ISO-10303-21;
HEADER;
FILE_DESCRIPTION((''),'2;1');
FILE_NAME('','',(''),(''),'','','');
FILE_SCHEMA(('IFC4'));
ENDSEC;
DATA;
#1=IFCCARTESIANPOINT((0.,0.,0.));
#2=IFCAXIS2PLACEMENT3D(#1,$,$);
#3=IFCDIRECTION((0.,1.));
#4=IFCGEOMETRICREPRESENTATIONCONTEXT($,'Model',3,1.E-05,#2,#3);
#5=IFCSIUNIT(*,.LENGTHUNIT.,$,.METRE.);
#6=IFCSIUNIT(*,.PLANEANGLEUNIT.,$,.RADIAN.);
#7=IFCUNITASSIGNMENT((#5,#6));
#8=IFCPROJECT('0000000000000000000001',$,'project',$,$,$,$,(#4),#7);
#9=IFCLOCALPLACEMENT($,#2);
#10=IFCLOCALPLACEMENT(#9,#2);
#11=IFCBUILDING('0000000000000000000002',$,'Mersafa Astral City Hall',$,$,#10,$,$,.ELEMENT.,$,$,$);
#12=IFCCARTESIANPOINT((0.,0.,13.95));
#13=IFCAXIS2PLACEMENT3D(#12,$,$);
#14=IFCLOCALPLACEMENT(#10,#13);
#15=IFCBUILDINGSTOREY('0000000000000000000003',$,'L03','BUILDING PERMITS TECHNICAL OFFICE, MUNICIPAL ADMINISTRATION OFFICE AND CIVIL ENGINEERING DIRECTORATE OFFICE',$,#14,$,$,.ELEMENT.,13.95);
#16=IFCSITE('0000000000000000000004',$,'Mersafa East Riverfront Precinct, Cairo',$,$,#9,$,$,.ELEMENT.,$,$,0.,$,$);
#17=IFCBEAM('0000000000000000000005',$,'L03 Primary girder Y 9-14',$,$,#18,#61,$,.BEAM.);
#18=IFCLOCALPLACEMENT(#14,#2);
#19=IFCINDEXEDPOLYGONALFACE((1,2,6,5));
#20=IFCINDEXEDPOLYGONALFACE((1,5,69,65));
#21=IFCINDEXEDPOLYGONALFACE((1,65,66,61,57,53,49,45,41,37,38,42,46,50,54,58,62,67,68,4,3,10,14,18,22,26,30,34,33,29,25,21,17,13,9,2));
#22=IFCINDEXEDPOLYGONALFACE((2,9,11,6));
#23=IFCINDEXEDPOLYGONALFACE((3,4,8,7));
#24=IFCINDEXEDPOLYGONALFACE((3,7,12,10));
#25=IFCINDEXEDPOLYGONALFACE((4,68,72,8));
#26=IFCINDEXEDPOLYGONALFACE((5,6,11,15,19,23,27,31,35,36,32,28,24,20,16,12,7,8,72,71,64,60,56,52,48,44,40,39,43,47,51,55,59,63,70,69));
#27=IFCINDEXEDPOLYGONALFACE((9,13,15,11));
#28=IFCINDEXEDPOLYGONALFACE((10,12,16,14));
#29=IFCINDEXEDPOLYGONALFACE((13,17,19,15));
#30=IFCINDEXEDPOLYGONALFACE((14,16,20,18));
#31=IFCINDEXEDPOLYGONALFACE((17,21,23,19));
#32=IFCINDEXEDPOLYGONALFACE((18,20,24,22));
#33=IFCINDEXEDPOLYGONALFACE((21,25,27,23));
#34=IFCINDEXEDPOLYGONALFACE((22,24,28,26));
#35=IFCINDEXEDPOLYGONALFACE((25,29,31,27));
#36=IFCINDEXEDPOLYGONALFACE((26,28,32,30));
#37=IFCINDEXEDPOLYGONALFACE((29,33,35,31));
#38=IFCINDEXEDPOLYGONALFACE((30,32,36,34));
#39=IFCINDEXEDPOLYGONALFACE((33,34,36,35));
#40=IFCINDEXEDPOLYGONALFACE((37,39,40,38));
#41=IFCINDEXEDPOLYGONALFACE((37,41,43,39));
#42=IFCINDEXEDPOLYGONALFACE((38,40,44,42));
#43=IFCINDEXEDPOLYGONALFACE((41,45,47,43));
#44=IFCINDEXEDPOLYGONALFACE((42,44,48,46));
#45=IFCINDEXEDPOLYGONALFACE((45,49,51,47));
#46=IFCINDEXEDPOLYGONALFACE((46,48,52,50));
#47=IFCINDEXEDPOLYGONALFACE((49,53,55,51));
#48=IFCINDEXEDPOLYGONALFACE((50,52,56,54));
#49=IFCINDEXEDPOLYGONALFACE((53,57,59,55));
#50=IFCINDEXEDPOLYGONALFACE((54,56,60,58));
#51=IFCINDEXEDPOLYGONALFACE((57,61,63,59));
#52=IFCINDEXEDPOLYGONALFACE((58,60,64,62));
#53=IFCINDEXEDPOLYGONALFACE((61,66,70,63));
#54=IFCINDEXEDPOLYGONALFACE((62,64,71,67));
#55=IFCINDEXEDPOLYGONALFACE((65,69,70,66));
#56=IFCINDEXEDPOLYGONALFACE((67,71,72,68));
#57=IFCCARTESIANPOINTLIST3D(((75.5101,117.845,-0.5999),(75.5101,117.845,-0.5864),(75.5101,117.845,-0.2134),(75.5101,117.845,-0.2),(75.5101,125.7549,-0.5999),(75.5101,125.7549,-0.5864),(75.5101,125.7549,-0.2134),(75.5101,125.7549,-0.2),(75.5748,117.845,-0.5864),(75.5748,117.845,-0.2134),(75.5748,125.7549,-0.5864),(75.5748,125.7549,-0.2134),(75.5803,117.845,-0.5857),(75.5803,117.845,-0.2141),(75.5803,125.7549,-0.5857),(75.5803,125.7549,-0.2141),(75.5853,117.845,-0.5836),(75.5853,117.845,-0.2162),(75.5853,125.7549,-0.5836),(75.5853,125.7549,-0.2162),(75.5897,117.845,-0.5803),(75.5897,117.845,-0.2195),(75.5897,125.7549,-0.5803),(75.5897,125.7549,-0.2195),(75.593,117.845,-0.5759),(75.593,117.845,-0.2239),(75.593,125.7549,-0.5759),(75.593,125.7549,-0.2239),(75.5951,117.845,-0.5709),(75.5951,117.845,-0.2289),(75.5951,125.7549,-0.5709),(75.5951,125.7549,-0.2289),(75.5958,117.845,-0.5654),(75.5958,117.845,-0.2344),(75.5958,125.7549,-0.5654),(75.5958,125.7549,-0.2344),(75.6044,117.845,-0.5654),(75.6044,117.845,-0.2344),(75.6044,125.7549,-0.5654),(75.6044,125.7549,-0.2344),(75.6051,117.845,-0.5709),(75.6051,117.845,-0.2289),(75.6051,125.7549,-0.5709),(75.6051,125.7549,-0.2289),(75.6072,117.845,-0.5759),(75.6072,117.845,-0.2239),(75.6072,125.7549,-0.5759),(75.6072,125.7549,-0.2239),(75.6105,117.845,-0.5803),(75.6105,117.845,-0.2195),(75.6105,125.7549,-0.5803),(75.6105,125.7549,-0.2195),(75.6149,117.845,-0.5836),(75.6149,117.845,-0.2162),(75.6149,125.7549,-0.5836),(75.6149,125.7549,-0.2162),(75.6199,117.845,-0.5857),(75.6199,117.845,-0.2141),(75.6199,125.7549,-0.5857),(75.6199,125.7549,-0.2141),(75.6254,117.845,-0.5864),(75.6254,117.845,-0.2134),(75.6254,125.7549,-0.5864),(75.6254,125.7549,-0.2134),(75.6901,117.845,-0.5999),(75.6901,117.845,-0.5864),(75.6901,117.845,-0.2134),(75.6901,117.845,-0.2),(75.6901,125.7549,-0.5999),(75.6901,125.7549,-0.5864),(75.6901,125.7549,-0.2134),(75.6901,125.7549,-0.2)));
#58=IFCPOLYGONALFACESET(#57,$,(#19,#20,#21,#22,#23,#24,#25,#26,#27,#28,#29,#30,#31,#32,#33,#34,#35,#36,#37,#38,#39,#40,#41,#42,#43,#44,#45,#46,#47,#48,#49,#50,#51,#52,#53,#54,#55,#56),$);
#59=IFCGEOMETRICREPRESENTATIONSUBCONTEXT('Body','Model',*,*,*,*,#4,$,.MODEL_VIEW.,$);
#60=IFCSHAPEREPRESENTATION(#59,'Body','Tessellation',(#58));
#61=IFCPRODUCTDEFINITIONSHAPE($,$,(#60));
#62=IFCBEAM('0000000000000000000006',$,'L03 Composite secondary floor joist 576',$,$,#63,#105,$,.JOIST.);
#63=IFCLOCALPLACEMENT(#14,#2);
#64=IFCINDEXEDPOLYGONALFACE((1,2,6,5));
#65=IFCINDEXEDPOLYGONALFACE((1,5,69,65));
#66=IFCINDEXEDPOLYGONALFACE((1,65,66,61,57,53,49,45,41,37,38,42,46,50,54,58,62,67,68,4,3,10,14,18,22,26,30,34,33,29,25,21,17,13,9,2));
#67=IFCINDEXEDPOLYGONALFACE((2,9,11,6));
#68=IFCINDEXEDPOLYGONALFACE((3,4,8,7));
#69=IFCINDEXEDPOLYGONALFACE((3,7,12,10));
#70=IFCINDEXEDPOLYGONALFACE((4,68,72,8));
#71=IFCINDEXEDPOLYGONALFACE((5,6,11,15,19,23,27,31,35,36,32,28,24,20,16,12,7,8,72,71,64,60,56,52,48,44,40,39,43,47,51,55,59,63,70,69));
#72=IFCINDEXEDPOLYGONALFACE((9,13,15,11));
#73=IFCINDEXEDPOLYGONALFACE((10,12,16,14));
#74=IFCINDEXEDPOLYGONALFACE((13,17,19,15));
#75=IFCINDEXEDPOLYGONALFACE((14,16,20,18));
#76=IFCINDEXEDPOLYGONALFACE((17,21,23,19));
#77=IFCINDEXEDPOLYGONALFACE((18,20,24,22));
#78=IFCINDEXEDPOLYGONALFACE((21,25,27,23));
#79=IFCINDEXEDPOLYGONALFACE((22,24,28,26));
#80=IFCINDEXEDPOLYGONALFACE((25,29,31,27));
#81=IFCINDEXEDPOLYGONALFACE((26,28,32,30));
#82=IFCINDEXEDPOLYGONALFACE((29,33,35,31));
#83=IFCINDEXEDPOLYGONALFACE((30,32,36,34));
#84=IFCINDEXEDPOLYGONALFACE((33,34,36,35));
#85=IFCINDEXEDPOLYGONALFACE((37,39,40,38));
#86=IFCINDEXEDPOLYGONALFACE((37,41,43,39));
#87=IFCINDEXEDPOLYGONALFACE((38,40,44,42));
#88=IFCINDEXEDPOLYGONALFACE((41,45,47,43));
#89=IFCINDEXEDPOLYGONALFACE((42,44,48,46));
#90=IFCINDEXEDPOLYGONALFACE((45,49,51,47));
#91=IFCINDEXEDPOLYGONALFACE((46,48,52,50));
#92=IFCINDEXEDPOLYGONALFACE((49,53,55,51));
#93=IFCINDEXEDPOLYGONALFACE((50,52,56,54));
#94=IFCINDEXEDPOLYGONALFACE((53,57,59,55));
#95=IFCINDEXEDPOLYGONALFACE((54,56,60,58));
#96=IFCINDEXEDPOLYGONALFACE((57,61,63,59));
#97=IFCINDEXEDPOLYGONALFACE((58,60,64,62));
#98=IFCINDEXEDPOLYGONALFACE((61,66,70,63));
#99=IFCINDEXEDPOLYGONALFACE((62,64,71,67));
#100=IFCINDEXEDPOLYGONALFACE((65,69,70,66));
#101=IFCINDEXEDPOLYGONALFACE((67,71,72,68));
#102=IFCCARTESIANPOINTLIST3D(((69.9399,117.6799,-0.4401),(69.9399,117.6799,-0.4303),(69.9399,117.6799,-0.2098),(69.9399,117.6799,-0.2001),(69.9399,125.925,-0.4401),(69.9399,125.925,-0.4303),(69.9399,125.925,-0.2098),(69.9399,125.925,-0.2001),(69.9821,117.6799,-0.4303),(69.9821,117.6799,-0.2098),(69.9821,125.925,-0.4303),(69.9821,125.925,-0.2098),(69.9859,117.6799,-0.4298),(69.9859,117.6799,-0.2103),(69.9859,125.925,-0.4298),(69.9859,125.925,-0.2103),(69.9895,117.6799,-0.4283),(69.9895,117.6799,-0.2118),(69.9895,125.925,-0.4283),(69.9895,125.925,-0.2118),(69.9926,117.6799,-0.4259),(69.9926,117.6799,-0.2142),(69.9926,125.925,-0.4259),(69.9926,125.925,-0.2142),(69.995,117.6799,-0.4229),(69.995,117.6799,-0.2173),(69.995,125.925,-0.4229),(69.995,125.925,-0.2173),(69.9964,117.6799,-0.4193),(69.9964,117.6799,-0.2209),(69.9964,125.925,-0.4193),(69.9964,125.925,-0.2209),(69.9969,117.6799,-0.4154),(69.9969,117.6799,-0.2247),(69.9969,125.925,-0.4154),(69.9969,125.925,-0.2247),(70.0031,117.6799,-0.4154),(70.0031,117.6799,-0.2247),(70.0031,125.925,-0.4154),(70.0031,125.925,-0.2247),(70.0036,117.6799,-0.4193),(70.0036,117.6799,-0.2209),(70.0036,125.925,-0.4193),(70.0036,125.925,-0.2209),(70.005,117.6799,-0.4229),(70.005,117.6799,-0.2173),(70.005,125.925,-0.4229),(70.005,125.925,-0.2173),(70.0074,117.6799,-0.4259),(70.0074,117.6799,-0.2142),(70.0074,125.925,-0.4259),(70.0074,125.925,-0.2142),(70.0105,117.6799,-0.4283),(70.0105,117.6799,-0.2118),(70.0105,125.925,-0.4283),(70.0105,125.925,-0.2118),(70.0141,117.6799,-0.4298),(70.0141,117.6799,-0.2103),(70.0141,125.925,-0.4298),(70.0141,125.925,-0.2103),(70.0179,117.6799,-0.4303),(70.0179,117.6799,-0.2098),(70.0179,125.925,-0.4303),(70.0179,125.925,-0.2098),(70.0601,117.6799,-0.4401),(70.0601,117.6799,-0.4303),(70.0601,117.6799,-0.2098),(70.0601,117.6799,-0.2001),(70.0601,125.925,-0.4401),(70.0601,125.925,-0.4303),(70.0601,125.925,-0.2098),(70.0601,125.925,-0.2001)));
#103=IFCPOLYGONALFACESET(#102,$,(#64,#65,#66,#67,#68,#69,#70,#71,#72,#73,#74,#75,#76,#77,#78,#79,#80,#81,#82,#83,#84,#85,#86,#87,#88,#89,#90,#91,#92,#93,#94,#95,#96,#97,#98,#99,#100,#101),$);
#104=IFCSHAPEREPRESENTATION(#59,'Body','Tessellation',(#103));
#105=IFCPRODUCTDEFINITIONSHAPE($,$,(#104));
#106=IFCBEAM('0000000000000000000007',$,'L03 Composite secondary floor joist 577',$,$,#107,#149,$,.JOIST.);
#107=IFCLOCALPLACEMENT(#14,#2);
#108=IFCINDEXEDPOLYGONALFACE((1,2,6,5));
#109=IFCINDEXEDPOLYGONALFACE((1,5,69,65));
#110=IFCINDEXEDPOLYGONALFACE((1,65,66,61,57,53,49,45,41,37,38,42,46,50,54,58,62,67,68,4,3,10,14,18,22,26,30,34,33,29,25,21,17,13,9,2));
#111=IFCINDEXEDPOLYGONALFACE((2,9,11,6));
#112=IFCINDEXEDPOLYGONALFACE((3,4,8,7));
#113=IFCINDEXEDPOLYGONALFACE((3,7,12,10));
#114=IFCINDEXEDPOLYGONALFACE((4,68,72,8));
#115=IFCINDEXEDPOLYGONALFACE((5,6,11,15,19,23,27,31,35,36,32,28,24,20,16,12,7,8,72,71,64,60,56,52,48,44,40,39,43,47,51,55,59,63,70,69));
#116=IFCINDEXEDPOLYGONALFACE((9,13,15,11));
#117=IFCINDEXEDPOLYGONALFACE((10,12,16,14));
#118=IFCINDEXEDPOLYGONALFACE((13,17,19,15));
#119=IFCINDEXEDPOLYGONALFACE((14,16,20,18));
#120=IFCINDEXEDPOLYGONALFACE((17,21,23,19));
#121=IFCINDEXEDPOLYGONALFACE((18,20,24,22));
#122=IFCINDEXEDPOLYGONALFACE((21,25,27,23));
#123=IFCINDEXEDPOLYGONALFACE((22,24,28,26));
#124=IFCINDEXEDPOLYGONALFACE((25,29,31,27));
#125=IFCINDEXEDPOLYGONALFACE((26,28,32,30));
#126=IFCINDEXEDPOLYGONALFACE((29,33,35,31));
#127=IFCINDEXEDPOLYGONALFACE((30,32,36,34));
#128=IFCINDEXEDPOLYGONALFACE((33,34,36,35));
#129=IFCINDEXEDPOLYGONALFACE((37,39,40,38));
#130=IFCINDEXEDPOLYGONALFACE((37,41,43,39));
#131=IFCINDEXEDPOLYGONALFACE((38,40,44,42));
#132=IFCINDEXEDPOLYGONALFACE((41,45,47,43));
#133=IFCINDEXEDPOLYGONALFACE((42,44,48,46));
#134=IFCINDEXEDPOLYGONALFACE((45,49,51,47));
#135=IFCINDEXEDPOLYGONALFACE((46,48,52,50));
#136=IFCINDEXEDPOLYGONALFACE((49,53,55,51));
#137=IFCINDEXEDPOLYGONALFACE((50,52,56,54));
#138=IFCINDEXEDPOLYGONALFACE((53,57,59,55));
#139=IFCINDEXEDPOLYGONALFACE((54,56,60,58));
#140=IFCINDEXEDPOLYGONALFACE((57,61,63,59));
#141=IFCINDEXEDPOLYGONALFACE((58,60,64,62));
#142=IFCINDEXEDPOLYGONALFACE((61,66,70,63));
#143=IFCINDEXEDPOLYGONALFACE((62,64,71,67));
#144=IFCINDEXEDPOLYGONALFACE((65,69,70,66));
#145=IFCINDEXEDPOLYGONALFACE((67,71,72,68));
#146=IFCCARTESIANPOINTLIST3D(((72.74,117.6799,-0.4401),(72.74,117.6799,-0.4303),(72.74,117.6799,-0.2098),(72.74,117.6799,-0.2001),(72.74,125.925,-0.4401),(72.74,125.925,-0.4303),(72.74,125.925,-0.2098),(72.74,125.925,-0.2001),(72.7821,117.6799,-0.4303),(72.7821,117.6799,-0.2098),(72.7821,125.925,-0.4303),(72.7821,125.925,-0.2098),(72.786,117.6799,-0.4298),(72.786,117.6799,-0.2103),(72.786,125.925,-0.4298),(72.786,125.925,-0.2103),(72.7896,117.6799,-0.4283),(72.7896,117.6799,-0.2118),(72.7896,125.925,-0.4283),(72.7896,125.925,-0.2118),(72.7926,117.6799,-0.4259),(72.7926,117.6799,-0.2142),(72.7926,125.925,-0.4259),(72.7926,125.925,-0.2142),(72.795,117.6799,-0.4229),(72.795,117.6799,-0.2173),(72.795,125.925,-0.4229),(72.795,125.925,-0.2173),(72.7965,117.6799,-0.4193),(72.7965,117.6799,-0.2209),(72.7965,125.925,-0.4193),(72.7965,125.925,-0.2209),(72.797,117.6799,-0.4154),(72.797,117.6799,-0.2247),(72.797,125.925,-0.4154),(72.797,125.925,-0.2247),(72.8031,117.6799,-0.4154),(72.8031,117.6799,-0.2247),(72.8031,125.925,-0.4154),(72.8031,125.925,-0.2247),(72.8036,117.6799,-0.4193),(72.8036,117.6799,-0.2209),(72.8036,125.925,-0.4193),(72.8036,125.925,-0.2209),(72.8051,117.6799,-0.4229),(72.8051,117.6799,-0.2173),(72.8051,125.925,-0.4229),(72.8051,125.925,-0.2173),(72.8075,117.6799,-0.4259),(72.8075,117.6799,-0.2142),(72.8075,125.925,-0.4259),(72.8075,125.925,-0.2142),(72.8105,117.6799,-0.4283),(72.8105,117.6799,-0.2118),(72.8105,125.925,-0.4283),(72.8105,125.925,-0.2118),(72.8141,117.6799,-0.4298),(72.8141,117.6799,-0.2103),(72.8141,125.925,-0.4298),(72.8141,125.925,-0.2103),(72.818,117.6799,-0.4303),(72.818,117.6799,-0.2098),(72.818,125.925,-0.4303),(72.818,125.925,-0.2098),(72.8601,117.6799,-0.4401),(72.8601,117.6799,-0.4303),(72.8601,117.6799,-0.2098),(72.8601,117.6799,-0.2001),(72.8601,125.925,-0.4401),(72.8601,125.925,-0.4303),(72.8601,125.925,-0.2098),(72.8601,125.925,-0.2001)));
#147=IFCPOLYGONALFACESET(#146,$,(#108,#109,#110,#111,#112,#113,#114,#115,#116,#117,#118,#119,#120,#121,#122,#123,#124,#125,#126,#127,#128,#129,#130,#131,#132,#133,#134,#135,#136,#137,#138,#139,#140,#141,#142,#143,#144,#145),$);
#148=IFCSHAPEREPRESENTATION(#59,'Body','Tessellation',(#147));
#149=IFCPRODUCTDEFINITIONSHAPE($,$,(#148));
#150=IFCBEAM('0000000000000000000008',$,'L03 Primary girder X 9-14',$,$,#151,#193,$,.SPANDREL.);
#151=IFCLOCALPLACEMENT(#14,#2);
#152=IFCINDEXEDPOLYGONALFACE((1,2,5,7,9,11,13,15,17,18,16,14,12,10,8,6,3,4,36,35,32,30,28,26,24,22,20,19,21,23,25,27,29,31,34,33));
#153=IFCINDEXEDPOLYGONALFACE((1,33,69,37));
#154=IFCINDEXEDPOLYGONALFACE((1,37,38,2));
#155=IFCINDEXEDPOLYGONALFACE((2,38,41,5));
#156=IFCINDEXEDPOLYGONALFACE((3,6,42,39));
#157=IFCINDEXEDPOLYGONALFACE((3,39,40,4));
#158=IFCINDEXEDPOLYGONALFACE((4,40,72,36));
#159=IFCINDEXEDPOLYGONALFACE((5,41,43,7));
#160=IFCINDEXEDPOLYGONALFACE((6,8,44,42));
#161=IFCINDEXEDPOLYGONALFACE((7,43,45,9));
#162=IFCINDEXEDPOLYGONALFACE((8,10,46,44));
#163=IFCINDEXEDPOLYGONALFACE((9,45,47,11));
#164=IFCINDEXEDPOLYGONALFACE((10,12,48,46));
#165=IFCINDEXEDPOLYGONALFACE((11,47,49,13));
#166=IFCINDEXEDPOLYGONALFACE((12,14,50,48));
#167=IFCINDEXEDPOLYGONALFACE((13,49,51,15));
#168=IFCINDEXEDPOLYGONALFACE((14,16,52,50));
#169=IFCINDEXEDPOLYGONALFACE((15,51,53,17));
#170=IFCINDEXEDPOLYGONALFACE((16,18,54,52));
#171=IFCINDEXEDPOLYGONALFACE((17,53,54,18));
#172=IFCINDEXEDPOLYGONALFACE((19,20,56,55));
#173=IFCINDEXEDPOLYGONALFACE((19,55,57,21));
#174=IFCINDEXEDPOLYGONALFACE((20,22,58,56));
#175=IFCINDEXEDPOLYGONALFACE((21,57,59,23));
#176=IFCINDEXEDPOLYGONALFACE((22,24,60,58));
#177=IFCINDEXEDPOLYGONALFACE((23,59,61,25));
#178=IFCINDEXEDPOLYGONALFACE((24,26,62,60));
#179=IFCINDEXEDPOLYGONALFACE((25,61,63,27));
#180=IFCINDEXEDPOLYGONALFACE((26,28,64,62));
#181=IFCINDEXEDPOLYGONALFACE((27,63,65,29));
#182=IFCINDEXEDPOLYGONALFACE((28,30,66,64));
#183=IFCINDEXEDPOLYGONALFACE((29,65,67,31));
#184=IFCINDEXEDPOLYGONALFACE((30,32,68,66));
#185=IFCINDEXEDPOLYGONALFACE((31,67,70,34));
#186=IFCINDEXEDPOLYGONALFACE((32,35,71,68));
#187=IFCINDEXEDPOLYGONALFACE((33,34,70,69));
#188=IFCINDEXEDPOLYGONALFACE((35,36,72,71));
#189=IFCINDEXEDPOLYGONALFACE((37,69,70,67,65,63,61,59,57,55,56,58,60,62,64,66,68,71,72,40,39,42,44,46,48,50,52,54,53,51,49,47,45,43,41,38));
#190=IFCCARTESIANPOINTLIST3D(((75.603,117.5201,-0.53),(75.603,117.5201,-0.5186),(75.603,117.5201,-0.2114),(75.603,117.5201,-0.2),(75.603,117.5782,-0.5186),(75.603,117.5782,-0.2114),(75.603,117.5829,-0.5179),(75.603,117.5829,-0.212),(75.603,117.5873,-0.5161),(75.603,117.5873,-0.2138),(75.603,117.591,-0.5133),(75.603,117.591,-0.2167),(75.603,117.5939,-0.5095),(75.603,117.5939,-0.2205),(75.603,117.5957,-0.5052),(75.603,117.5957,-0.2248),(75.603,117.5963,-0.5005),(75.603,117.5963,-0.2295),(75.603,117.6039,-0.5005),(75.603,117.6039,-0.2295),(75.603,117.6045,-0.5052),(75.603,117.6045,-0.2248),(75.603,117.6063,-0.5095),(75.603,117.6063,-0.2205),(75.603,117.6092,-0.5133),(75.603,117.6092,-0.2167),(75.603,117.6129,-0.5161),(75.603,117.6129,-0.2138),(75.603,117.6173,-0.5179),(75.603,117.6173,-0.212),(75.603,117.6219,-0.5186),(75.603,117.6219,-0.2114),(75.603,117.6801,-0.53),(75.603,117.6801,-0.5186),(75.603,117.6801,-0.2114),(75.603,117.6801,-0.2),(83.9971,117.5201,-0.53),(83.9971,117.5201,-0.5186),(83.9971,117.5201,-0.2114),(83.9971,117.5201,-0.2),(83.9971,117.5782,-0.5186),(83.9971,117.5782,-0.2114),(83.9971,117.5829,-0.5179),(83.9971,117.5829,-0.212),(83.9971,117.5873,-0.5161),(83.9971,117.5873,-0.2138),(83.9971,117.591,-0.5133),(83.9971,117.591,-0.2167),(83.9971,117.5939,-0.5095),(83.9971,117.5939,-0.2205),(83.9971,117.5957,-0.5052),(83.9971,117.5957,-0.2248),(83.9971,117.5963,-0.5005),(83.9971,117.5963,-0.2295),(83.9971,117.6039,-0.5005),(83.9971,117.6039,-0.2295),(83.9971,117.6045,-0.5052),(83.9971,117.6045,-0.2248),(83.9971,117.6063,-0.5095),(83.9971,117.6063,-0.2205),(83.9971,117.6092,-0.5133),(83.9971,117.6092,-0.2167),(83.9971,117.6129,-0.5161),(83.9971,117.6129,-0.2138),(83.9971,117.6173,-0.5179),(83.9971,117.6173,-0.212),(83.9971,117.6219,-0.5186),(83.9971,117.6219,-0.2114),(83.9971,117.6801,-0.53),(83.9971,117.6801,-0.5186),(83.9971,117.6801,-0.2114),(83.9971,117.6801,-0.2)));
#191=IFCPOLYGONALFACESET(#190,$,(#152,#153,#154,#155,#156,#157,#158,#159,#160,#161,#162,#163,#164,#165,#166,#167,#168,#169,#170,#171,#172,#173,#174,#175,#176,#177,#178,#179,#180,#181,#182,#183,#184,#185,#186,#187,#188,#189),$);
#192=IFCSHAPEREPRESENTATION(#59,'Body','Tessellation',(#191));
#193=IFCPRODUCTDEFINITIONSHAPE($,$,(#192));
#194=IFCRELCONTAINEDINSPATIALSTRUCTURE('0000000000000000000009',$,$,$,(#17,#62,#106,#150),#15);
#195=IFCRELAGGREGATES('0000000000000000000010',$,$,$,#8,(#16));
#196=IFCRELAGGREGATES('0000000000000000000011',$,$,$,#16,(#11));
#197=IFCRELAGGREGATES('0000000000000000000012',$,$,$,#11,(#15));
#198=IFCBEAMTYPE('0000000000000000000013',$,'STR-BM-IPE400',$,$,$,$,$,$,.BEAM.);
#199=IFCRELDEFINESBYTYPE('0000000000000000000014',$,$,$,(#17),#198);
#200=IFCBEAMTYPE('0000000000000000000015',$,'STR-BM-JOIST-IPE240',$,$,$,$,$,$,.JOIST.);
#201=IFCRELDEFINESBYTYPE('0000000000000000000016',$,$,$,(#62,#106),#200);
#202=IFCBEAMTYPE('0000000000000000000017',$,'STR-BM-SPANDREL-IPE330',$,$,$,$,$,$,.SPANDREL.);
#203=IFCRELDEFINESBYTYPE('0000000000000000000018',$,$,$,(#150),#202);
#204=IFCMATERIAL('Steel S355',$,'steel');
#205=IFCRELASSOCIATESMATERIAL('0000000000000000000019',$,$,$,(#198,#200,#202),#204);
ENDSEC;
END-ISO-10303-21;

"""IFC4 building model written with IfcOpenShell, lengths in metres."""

from ifc_helpers import new_model, si_unit, direction, frame, origin, origin_2d, place, context, subcontext, project, spatial, i_section, extrude, material, material_profile, profile_set, type_object, element, save


model = new_model("IFC4")

# Units and contexts
model_context = context("Model", 3, precision=1e-05, world=origin(), true_north=direction((0.0, 1.0)))
body_context = subcontext(model_context, "Body", "Model", "MODEL_VIEW")
ifc_project = project(units=[si_unit("LENGTHUNIT", "METRE"), si_unit("PLANEANGLEUNIT", "RADIAN")], contexts=[model_context])

# Site, building, storey
site_placement = place(None, origin())
site = spatial("IfcSite", under=ifc_project, at=site_placement, Name="Mersafa East Riverfront Precinct, Cairo", CompositionType="ELEMENT", RefElevation=0.0)
building_placement = place(site_placement, origin())
building = spatial("IfcBuilding", under=site, at=building_placement, Name="Mersafa Astral City Hall", CompositionType="ELEMENT")
storey_placement = place(building_placement, frame((0.0, 0.0, 13.95)))
storey = spatial("IfcBuildingStorey", under=building, at=storey_placement, Name="L03", Description="BUILDING PERMITS TECHNICAL OFFICE, MUNICIPAL ADMINISTRATION OFFICE AND CIVIL ENGINEERING DIRECTORATE OFFICE", CompositionType="ELEMENT", Elevation=13.95)

# Shared definitions
ifc_material_1 = material(Name="Steel S355", Category="steel")

# Beams
ifc_material_profile_1 = material_profile(ifc_material_1, i_section(OverallWidth=0.1799, OverallDepth=0.3999, WebThickness=0.0085, FlangeThickness=0.0134, FilletRadius=0.021, at=origin_2d()), Name="IPE 400")
ifc_profile_set_1 = profile_set([ifc_material_profile_1], Name="Steel S355")
beam_type_1 = type_object("IfcBeamType", Name="STR-BM-IPE400", PredefinedType="BEAM", material=ifc_profile_set_1)
beam_1_placement = place(storey_placement, frame((75.6001, 117.845, -0.3999), z_axis=(0.0, 1.0, 0.0), x_axis=(-1.0, 0.0, 0.0)))
element("IfcBeam", 1, at=beam_1_placement, inside=storey, type_object=beam_type_1, Name="L03 Primary girder Y 9-14", PredefinedType="BEAM", context=body_context, shape_type="SweptSolid", body=[
    extrude(i_section(OverallWidth=0.1799, OverallDepth=0.3999, WebThickness=0.0085, FlangeThickness=0.0134, FilletRadius=0.021, at=origin_2d()), origin(), (0.0, 0.0, 1.0), 7.9099),
])
ifc_material_profile_2 = material_profile(ifc_material_1, i_section(OverallWidth=0.1201, OverallDepth=0.24, WebThickness=0.0061, FlangeThickness=0.0098, FilletRadius=0.0149, at=origin_2d()), Name="IPE 240")
ifc_profile_set_2 = profile_set([ifc_material_profile_2], Name="Steel S355")
beam_type_2 = type_object("IfcBeamType", Name="STR-BM-JOIST-IPE240", PredefinedType="JOIST", material=ifc_profile_set_2)
for number, where, z_axis, x_axis, name in (
    (2, (70.0, 117.6799, -0.3201), (0.0, 1.0, 0.0), (-1.0, 0.0, 0.0), "L03 Composite secondary floor joist 576"),
    (3, (72.8, 117.6799, -0.3201), (0.0, 1.0, 0.0), (-1.0, 0.0, 0.0), "L03 Composite secondary floor joist 577"),
):
    element("IfcBeam", number, at=place(storey_placement, frame(where, z_axis=z_axis, x_axis=x_axis)), inside=storey, type_object=beam_type_2, Name=name, PredefinedType="JOIST", context=body_context, shape_type="SweptSolid", body=[
        extrude(i_section(OverallWidth=0.1201, OverallDepth=0.24, WebThickness=0.0061, FlangeThickness=0.0098, FilletRadius=0.0149, at=origin_2d()), origin(), (0.0, 0.0, 1.0), 8.2451),
    ])
ifc_material_profile_3 = material_profile(ifc_material_1, i_section(OverallWidth=0.1599, OverallDepth=0.3301, WebThickness=0.0076, FlangeThickness=0.0115, FilletRadius=0.0181, at=origin_2d()), Name="IPE 330")
ifc_profile_set_3 = profile_set([ifc_material_profile_3], Name="Steel S355")
beam_type_3 = type_object("IfcBeamType", Name="STR-BM-SPANDREL-IPE330", PredefinedType="SPANDREL", material=ifc_profile_set_3)
beam_2_placement = place(storey_placement, frame((75.603, 117.6001, -0.365), z_axis=(1.0, 0.0, 0.0), x_axis=(0.0, 1.0, 0.0)))
element("IfcBeam", 4, at=beam_2_placement, inside=storey, type_object=beam_type_3, Name="L03 Primary girder X 9-14", PredefinedType="SPANDREL", context=body_context, shape_type="SweptSolid", body=[
    extrude(i_section(OverallWidth=0.1599, OverallDepth=0.3301, WebThickness=0.0076, FlangeThickness=0.0115, FilletRadius=0.0181, at=origin_2d()), origin(), (0.0, 0.0, 1.0), 8.394),
])

save(model, "model.ifc")
